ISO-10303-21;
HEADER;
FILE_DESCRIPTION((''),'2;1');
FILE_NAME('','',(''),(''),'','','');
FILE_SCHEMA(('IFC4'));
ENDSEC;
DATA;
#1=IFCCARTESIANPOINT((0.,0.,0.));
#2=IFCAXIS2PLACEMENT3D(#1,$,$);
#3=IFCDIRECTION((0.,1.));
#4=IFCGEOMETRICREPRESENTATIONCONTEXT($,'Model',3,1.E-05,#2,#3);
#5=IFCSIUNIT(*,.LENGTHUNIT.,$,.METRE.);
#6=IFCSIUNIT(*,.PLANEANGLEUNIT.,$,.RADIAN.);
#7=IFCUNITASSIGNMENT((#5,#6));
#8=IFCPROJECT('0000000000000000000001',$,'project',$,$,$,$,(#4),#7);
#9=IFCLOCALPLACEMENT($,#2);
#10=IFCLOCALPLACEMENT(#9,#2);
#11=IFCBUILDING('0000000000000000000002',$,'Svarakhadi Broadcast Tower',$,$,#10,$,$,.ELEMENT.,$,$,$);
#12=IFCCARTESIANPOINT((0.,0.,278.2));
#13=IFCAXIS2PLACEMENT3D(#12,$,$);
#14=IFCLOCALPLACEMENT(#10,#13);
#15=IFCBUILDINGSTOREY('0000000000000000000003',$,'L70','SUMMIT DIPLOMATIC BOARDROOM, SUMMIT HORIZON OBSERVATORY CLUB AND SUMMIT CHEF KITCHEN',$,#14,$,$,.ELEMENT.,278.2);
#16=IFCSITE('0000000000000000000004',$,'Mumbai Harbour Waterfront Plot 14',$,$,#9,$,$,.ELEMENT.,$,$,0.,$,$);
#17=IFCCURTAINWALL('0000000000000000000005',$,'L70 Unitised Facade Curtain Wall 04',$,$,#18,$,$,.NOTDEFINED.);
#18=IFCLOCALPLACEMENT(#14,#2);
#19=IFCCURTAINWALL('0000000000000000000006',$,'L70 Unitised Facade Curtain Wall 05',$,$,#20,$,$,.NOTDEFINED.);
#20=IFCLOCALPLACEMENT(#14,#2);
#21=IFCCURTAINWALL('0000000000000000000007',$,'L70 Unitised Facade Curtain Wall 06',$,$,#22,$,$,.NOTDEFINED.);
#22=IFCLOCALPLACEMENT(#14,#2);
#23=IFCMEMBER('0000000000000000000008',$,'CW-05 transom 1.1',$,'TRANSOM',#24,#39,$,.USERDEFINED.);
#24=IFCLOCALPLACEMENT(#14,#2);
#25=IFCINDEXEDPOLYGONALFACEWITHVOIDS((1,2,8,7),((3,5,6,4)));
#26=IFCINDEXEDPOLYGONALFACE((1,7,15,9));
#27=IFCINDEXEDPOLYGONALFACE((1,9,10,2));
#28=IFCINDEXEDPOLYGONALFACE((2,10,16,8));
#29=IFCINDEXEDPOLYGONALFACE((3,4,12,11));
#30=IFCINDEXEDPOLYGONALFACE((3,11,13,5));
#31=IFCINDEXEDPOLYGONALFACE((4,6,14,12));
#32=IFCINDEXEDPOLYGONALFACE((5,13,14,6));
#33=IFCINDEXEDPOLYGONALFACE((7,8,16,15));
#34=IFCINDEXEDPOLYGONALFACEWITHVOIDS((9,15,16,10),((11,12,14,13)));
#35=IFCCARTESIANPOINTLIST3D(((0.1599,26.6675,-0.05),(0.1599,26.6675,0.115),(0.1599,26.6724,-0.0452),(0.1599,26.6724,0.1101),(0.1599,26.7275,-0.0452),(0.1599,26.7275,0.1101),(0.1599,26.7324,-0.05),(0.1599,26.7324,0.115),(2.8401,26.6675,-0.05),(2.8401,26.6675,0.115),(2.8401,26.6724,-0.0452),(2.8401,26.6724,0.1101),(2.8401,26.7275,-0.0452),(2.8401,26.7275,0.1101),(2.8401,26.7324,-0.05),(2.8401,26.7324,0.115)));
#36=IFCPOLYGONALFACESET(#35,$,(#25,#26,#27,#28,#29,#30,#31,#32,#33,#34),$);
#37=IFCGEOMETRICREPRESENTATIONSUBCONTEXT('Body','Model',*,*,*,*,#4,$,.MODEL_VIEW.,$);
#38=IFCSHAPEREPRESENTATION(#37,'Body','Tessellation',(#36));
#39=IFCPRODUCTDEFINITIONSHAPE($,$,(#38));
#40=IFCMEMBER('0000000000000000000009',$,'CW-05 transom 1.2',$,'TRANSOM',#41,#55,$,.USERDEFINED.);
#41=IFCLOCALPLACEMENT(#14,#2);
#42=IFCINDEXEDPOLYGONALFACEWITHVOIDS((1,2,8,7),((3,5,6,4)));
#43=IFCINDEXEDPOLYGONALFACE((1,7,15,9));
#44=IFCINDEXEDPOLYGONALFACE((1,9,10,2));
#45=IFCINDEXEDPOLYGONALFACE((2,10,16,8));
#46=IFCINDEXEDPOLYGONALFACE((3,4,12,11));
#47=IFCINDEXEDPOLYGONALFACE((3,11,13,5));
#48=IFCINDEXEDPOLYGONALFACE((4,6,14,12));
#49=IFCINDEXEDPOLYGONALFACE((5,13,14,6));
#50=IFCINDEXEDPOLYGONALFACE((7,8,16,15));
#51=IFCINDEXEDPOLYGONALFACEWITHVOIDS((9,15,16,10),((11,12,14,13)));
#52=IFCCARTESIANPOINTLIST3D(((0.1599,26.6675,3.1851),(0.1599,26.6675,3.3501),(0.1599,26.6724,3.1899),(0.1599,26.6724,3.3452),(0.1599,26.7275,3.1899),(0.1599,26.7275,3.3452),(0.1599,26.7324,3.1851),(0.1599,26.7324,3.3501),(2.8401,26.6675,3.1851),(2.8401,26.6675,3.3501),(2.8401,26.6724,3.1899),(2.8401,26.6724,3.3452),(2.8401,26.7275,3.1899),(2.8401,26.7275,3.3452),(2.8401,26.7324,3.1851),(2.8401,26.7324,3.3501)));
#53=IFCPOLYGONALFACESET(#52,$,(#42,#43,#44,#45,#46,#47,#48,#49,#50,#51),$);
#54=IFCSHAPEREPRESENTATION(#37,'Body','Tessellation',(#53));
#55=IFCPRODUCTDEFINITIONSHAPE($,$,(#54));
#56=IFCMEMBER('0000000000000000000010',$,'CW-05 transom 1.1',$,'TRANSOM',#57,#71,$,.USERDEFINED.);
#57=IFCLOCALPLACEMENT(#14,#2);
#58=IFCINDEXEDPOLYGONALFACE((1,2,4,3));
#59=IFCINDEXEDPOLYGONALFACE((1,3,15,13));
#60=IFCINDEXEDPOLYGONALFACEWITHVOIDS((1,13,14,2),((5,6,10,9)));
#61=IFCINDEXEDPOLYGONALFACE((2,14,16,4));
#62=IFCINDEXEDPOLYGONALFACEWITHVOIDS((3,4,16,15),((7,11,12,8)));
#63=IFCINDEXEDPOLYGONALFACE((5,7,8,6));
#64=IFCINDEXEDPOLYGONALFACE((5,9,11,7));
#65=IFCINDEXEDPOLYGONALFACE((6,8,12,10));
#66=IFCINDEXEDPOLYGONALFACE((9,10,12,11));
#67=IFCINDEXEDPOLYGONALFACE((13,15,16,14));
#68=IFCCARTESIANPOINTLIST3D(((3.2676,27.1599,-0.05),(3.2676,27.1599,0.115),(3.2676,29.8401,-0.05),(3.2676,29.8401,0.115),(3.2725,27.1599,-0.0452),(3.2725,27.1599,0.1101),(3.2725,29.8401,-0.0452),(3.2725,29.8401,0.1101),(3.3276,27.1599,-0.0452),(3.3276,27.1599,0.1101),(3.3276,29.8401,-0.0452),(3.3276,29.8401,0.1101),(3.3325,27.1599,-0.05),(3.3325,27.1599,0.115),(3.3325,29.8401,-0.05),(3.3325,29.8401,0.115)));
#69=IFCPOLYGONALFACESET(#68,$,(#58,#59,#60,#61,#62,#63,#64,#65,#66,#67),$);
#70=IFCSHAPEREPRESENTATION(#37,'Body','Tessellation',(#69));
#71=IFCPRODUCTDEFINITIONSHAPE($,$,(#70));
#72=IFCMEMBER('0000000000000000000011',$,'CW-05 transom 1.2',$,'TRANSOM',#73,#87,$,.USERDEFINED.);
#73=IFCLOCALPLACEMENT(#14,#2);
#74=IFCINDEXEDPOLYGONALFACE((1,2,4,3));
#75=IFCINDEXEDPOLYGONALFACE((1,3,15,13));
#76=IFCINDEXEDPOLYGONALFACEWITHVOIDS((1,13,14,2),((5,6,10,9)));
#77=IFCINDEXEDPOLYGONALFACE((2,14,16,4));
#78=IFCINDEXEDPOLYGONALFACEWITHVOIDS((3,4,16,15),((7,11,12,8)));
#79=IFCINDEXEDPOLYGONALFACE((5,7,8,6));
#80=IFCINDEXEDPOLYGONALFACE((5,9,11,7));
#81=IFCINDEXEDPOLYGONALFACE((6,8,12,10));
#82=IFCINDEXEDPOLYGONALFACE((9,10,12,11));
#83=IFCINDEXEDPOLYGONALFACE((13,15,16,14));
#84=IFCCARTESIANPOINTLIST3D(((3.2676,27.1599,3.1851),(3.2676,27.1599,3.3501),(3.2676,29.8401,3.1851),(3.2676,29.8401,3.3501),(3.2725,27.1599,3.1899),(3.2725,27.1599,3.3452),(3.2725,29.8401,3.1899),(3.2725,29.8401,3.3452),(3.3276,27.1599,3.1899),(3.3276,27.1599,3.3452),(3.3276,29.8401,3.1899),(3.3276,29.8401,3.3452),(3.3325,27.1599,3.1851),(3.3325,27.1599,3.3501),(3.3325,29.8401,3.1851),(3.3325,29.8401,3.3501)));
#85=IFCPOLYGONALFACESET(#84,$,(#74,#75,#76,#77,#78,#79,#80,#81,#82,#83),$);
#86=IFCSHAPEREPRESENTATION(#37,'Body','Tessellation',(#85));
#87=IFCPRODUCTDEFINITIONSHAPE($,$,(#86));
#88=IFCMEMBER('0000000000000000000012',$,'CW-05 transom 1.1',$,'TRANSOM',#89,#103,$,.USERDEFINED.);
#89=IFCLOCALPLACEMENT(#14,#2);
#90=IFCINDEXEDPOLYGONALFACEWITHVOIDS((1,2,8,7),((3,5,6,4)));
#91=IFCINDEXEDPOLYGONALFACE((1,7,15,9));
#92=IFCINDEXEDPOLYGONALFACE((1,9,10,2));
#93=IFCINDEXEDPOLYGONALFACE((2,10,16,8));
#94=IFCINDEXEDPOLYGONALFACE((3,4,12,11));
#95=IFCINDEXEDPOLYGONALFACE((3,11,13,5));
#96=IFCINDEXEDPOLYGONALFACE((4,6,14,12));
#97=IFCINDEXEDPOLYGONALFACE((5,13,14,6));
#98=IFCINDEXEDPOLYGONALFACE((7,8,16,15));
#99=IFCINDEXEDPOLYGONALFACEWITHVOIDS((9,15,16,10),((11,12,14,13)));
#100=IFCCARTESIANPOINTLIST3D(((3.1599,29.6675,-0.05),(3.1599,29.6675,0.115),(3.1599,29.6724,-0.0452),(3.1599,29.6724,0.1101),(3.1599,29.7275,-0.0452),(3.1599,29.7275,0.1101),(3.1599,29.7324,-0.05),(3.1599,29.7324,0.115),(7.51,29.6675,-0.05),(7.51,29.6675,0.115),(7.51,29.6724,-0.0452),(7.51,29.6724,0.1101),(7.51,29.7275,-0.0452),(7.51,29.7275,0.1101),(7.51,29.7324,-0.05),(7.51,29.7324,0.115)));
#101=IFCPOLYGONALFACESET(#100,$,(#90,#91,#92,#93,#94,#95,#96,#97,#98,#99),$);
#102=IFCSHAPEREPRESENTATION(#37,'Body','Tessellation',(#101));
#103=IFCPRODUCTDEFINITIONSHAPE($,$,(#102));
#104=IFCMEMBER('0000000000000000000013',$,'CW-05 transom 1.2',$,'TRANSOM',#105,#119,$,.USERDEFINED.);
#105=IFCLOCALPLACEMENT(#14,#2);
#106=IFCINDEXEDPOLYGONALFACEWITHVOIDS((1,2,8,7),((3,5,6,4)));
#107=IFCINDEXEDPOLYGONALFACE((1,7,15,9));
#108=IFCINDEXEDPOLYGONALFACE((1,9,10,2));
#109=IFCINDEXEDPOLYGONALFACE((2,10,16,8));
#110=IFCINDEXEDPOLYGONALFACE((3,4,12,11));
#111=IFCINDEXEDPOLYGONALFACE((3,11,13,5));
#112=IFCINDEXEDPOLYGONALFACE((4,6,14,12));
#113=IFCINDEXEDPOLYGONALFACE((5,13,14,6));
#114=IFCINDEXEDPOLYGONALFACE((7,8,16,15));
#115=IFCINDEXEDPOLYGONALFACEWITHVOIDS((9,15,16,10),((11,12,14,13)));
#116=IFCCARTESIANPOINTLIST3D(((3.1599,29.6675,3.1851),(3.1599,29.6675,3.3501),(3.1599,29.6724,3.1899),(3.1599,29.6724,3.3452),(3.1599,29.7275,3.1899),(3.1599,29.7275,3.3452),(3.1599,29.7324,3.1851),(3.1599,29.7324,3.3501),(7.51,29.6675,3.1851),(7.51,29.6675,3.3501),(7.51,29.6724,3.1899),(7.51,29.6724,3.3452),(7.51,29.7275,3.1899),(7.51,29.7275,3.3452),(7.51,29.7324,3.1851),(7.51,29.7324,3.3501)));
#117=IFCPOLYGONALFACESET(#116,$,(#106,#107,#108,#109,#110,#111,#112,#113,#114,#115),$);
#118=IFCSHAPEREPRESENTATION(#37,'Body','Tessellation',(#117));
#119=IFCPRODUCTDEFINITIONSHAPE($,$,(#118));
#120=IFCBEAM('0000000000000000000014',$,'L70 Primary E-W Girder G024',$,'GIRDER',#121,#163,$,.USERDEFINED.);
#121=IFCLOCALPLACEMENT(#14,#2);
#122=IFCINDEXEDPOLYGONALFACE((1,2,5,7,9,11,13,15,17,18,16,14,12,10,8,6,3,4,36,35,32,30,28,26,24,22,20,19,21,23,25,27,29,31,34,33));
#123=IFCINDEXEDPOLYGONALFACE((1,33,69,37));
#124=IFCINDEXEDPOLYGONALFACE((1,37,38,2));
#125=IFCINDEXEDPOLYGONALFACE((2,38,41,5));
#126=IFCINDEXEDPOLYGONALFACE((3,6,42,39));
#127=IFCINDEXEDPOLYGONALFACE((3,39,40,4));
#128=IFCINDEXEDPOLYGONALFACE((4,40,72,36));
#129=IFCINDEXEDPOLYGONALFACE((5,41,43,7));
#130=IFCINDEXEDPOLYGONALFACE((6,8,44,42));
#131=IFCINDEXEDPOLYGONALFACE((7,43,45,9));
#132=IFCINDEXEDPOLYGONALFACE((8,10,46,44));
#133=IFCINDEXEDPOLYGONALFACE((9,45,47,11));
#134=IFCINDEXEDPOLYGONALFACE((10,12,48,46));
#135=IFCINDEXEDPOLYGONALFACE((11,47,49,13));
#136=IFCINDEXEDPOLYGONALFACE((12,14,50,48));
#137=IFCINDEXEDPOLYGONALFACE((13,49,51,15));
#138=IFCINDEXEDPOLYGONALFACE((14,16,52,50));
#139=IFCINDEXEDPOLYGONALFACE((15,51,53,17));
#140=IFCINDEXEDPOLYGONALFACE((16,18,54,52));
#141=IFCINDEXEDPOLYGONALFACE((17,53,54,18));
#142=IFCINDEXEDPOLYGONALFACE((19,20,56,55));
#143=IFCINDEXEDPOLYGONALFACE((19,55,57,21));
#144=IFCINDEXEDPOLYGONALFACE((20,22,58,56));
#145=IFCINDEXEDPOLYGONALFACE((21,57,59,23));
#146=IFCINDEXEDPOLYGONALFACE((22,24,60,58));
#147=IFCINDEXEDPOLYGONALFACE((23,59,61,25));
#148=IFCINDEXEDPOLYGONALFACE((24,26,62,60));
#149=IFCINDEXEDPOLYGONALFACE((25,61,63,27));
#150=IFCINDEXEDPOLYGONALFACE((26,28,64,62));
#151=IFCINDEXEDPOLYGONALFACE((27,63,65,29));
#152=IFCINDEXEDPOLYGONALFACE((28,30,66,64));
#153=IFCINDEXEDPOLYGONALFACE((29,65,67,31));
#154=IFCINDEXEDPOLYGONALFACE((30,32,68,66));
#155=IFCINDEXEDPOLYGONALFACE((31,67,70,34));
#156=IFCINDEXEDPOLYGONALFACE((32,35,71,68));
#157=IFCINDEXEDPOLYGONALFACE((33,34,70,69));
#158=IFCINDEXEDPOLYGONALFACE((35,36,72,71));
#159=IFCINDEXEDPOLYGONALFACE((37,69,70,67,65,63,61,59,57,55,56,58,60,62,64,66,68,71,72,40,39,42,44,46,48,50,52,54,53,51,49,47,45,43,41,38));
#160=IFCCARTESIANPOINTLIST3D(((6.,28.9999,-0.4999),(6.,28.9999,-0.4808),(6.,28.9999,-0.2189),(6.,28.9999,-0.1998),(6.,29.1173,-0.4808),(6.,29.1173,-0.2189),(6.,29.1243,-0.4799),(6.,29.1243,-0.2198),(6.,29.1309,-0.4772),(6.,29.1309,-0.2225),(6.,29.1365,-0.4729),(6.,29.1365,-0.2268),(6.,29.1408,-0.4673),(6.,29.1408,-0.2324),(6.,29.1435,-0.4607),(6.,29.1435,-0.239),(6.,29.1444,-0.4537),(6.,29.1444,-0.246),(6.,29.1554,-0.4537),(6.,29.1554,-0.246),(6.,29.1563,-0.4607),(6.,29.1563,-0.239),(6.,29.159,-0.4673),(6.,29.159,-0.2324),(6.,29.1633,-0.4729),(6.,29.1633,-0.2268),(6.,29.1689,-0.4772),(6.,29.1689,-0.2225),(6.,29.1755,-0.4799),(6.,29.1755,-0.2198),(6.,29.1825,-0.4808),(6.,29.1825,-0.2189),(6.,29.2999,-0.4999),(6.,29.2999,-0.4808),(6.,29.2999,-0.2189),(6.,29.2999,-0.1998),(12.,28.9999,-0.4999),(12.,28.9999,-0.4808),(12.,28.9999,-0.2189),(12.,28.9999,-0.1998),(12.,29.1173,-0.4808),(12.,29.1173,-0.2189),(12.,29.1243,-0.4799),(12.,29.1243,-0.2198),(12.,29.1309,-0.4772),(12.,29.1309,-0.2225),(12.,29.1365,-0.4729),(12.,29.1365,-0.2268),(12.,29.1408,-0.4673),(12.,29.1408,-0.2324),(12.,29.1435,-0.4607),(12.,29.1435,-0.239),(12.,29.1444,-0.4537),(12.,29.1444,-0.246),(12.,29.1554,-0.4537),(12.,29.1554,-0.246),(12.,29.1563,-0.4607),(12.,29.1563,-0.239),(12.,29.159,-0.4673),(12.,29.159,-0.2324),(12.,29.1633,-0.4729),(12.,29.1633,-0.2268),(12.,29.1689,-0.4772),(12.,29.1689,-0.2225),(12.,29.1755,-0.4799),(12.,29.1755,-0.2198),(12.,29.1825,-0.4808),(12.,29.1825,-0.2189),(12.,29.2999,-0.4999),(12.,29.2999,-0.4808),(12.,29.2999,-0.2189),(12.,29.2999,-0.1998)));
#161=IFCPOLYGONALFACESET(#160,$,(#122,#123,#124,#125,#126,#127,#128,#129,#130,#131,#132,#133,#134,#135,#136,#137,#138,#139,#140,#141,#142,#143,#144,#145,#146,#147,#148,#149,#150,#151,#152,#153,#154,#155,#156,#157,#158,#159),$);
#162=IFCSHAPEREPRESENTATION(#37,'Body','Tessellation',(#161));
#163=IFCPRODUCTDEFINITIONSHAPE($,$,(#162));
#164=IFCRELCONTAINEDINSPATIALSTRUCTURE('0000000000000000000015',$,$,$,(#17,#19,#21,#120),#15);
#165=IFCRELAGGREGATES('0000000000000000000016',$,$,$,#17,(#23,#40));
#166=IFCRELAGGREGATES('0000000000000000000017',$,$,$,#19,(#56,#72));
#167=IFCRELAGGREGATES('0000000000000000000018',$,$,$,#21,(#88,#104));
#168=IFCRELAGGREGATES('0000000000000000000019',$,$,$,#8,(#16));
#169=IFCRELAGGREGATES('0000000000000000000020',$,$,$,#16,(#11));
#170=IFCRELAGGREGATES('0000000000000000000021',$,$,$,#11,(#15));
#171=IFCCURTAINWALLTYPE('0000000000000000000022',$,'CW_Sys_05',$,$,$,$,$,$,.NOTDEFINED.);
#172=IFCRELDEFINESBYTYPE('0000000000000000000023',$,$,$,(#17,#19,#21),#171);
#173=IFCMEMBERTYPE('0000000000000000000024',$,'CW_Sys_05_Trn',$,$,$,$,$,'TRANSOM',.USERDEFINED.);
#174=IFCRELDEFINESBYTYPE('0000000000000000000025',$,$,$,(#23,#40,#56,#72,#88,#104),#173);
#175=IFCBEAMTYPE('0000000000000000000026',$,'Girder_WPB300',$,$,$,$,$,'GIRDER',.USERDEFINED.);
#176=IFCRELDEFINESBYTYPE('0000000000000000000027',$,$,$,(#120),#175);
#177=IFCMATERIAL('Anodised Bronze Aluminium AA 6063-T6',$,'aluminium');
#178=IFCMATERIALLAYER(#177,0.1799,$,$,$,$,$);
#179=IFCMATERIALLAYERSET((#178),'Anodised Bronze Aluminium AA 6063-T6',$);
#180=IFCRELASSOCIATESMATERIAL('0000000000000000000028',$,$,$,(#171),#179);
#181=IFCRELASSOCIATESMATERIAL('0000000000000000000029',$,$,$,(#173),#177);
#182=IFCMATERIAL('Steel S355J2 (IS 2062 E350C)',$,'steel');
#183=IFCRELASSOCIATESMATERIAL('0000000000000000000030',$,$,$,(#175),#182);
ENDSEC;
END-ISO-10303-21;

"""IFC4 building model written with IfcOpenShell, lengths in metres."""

from ifc_helpers import new_model, si_unit, direction, frame, origin, origin_2d, place, context, subcontext, project, spatial, hollow_rectangle, i_section, extrude, material, layer, layer_set, material_profile, profile_set, type_object, element, aggregate, save


model = new_model("IFC4")

# Units and contexts
model_context = context("Model", 3, precision=1e-05, world=origin(), true_north=direction((0.0, 1.0)))
body_context = subcontext(model_context, "Body", "Model", "MODEL_VIEW")
ifc_project = project(units=[si_unit("LENGTHUNIT", "METRE"), si_unit("PLANEANGLEUNIT", "RADIAN")], contexts=[model_context])

# Site, building, storey
site_placement = place(None, origin())
site = spatial("IfcSite", under=ifc_project, at=site_placement, Name="Mumbai Harbour Waterfront Plot 14", CompositionType="ELEMENT", RefElevation=0.0)
building_placement = place(site_placement, origin())
building = spatial("IfcBuilding", under=site, at=building_placement, Name="Svarakhadi Broadcast Tower", CompositionType="ELEMENT")
storey_placement = place(building_placement, frame((0.0, 0.0, 278.2)))
storey = spatial("IfcBuildingStorey", under=building, at=storey_placement, Name="L70", Description="SUMMIT DIPLOMATIC BOARDROOM, SUMMIT HORIZON OBSERVATORY CLUB AND SUMMIT CHEF KITCHEN", CompositionType="ELEMENT", Elevation=278.2)

# Shared definitions
ifc_material_1 = material(Name="Anodised Bronze Aluminium AA 6063-T6", Category="aluminium")
ifc_layer_1 = layer(ifc_material_1, 0.1799)
ifc_layer_set_1 = layer_set([ifc_layer_1], Name="Anodised Bronze Aluminium AA 6063-T6")
curtain_wall_type = type_object("IfcCurtainWallType", Name="CW_Sys_05", PredefinedType="NOTDEFINED", material=ifc_layer_set_1)

# Curtain walls
curtain_wall_1_placement = place(storey_placement, origin())
curtain_wall_1 = element("IfcCurtainWall", 1, at=curtain_wall_1_placement, inside=storey, type_object=curtain_wall_type, Name="L70 Unitised Facade Curtain Wall 04", PredefinedType="NOTDEFINED")
curtain_wall_2_placement = place(storey_placement, origin())
curtain_wall_2 = element("IfcCurtainWall", 2, at=curtain_wall_2_placement, inside=storey, type_object=curtain_wall_type, Name="L70 Unitised Facade Curtain Wall 05", PredefinedType="NOTDEFINED")

# Curtain wall
curtain_wall_3_placement = place(storey_placement, origin())
curtain_wall_3 = element("IfcCurtainWall", 3, at=curtain_wall_3_placement, inside=storey, type_object=curtain_wall_type, Name="L70 Unitised Facade Curtain Wall 06", PredefinedType="NOTDEFINED")

# Members
ifc_material_profile_1 = material_profile(ifc_material_1, hollow_rectangle(XDim=0.0649, YDim=0.165, WallThickness=0.0049, at=origin_2d()), Name="ALU TRANSOM 165x65x5")
ifc_profile_set_1 = profile_set([ifc_material_profile_1], Name="Anodised Bronze Aluminium AA 6063-T6")
member_type_1 = type_object("IfcMemberType", Name="CW_Sys_05_Trn", ElementType="TRANSOM", PredefinedType="USERDEFINED", material=ifc_profile_set_1)
member_1_placement = place(storey_placement, frame((0.1599, 26.7, 0.0325), z_axis=(1.0, 0.0, 0.0), x_axis=(0.0, 1.0, 0.0)))
member_1 = element("IfcMember", 4, at=member_1_placement, type_object=member_type_1, Name="CW-05 transom 1.1", ObjectType="TRANSOM", PredefinedType="USERDEFINED", context=body_context, shape_type="SweptSolid", body=[
    extrude(hollow_rectangle(XDim=0.0649, YDim=0.165, WallThickness=0.0049, at=origin_2d()), origin(), (0.0, 0.0, 1.0), 2.6802),
])
member_2_placement = place(storey_placement, frame((0.1599, 26.7, 3.2676), z_axis=(1.0, 0.0, 0.0), x_axis=(0.0, 1.0, 0.0)))
member_2 = element("IfcMember", 5, at=member_2_placement, type_object=member_type_1, Name="CW-05 transom 1.2", ObjectType="TRANSOM", PredefinedType="USERDEFINED", context=body_context, shape_type="SweptSolid", body=[
    extrude(hollow_rectangle(XDim=0.0649, YDim=0.165, WallThickness=0.0049, at=origin_2d()), origin(), (0.0, 0.0, 1.0), 2.6802),
])
member_3_placement = place(storey_placement, frame((3.3, 27.1599, 0.0325), z_axis=(0.0, 1.0, 0.0), x_axis=(-1.0, 0.0, 0.0)))
member_3 = element("IfcMember", 6, at=member_3_placement, type_object=member_type_1, Name="CW-05 transom 1.1", ObjectType="TRANSOM", PredefinedType="USERDEFINED", context=body_context, shape_type="SweptSolid", body=[
    extrude(hollow_rectangle(XDim=0.0649, YDim=0.165, WallThickness=0.0049, at=origin_2d()), origin(), (0.0, 0.0, 1.0), 2.6802),
])
member_4_placement = place(storey_placement, frame((3.3, 27.1599, 3.2676), z_axis=(0.0, 1.0, 0.0), x_axis=(-1.0, 0.0, 0.0)))
member_4 = element("IfcMember", 7, at=member_4_placement, type_object=member_type_1, Name="CW-05 transom 1.2", ObjectType="TRANSOM", PredefinedType="USERDEFINED", context=body_context, shape_type="SweptSolid", body=[
    extrude(hollow_rectangle(XDim=0.0649, YDim=0.165, WallThickness=0.0049, at=origin_2d()), origin(), (0.0, 0.0, 1.0), 2.6802),
])
member_5_placement = place(storey_placement, frame((3.1599, 29.7, 0.0325), z_axis=(1.0, 0.0, 0.0), x_axis=(0.0, 1.0, 0.0)))
member_5 = element("IfcMember", 8, at=member_5_placement, type_object=member_type_1, Name="CW-05 transom 1.1", ObjectType="TRANSOM", PredefinedType="USERDEFINED", context=body_context, shape_type="SweptSolid", body=[
    extrude(hollow_rectangle(XDim=0.0649, YDim=0.165, WallThickness=0.0049, at=origin_2d()), origin(), (0.0, 0.0, 1.0), 4.3501),
])
member_6_placement = place(storey_placement, frame((3.1599, 29.7, 3.2676), z_axis=(1.0, 0.0, 0.0), x_axis=(0.0, 1.0, 0.0)))
member_6 = element("IfcMember", 9, at=member_6_placement, type_object=member_type_1, Name="CW-05 transom 1.2", ObjectType="TRANSOM", PredefinedType="USERDEFINED", context=body_context, shape_type="SweptSolid", body=[
    extrude(hollow_rectangle(XDim=0.0649, YDim=0.165, WallThickness=0.0049, at=origin_2d()), origin(), (0.0, 0.0, 1.0), 4.3501),
])

# Beam
ifc_material_2 = material(Name="Steel S355J2 (IS 2062 E350C)", Category="steel")
ifc_material_profile_2 = material_profile(ifc_material_2, i_section(OverallWidth=0.3, OverallDepth=0.3, WebThickness=0.011, FlangeThickness=0.019, FilletRadius=0.0271, at=origin_2d()), Name="WPB 300x300x117")
ifc_profile_set_2 = profile_set([ifc_material_profile_2], Name="Steel S355J2 (IS 2062 E350C)")
beam_type_1 = type_object("IfcBeamType", Name="Girder_WPB300", ElementType="GIRDER", PredefinedType="USERDEFINED", material=ifc_profile_set_2)
beam_1_placement = place(storey_placement, frame((6.0, 29.1499, -0.3499), z_axis=(1.0, 0.0, 0.0), x_axis=(0.0, 1.0, 0.0)))
element("IfcBeam", 10, at=beam_1_placement, inside=storey, type_object=beam_type_1, Name="L70 Primary E-W Girder G024", ObjectType="GIRDER", PredefinedType="USERDEFINED", context=body_context, shape_type="SweptSolid", body=[
    extrude(i_section(OverallWidth=0.3, OverallDepth=0.3, WebThickness=0.011, FlangeThickness=0.019, FilletRadius=0.0271, at=origin_2d()), origin(), (0.0, 0.0, 1.0), 6.0),
])

aggregate(curtain_wall_1, [member_1, member_2])
aggregate(curtain_wall_2, [member_3, member_4])
aggregate(curtain_wall_3, [member_5, member_6])

save(model, "model.ifc")
